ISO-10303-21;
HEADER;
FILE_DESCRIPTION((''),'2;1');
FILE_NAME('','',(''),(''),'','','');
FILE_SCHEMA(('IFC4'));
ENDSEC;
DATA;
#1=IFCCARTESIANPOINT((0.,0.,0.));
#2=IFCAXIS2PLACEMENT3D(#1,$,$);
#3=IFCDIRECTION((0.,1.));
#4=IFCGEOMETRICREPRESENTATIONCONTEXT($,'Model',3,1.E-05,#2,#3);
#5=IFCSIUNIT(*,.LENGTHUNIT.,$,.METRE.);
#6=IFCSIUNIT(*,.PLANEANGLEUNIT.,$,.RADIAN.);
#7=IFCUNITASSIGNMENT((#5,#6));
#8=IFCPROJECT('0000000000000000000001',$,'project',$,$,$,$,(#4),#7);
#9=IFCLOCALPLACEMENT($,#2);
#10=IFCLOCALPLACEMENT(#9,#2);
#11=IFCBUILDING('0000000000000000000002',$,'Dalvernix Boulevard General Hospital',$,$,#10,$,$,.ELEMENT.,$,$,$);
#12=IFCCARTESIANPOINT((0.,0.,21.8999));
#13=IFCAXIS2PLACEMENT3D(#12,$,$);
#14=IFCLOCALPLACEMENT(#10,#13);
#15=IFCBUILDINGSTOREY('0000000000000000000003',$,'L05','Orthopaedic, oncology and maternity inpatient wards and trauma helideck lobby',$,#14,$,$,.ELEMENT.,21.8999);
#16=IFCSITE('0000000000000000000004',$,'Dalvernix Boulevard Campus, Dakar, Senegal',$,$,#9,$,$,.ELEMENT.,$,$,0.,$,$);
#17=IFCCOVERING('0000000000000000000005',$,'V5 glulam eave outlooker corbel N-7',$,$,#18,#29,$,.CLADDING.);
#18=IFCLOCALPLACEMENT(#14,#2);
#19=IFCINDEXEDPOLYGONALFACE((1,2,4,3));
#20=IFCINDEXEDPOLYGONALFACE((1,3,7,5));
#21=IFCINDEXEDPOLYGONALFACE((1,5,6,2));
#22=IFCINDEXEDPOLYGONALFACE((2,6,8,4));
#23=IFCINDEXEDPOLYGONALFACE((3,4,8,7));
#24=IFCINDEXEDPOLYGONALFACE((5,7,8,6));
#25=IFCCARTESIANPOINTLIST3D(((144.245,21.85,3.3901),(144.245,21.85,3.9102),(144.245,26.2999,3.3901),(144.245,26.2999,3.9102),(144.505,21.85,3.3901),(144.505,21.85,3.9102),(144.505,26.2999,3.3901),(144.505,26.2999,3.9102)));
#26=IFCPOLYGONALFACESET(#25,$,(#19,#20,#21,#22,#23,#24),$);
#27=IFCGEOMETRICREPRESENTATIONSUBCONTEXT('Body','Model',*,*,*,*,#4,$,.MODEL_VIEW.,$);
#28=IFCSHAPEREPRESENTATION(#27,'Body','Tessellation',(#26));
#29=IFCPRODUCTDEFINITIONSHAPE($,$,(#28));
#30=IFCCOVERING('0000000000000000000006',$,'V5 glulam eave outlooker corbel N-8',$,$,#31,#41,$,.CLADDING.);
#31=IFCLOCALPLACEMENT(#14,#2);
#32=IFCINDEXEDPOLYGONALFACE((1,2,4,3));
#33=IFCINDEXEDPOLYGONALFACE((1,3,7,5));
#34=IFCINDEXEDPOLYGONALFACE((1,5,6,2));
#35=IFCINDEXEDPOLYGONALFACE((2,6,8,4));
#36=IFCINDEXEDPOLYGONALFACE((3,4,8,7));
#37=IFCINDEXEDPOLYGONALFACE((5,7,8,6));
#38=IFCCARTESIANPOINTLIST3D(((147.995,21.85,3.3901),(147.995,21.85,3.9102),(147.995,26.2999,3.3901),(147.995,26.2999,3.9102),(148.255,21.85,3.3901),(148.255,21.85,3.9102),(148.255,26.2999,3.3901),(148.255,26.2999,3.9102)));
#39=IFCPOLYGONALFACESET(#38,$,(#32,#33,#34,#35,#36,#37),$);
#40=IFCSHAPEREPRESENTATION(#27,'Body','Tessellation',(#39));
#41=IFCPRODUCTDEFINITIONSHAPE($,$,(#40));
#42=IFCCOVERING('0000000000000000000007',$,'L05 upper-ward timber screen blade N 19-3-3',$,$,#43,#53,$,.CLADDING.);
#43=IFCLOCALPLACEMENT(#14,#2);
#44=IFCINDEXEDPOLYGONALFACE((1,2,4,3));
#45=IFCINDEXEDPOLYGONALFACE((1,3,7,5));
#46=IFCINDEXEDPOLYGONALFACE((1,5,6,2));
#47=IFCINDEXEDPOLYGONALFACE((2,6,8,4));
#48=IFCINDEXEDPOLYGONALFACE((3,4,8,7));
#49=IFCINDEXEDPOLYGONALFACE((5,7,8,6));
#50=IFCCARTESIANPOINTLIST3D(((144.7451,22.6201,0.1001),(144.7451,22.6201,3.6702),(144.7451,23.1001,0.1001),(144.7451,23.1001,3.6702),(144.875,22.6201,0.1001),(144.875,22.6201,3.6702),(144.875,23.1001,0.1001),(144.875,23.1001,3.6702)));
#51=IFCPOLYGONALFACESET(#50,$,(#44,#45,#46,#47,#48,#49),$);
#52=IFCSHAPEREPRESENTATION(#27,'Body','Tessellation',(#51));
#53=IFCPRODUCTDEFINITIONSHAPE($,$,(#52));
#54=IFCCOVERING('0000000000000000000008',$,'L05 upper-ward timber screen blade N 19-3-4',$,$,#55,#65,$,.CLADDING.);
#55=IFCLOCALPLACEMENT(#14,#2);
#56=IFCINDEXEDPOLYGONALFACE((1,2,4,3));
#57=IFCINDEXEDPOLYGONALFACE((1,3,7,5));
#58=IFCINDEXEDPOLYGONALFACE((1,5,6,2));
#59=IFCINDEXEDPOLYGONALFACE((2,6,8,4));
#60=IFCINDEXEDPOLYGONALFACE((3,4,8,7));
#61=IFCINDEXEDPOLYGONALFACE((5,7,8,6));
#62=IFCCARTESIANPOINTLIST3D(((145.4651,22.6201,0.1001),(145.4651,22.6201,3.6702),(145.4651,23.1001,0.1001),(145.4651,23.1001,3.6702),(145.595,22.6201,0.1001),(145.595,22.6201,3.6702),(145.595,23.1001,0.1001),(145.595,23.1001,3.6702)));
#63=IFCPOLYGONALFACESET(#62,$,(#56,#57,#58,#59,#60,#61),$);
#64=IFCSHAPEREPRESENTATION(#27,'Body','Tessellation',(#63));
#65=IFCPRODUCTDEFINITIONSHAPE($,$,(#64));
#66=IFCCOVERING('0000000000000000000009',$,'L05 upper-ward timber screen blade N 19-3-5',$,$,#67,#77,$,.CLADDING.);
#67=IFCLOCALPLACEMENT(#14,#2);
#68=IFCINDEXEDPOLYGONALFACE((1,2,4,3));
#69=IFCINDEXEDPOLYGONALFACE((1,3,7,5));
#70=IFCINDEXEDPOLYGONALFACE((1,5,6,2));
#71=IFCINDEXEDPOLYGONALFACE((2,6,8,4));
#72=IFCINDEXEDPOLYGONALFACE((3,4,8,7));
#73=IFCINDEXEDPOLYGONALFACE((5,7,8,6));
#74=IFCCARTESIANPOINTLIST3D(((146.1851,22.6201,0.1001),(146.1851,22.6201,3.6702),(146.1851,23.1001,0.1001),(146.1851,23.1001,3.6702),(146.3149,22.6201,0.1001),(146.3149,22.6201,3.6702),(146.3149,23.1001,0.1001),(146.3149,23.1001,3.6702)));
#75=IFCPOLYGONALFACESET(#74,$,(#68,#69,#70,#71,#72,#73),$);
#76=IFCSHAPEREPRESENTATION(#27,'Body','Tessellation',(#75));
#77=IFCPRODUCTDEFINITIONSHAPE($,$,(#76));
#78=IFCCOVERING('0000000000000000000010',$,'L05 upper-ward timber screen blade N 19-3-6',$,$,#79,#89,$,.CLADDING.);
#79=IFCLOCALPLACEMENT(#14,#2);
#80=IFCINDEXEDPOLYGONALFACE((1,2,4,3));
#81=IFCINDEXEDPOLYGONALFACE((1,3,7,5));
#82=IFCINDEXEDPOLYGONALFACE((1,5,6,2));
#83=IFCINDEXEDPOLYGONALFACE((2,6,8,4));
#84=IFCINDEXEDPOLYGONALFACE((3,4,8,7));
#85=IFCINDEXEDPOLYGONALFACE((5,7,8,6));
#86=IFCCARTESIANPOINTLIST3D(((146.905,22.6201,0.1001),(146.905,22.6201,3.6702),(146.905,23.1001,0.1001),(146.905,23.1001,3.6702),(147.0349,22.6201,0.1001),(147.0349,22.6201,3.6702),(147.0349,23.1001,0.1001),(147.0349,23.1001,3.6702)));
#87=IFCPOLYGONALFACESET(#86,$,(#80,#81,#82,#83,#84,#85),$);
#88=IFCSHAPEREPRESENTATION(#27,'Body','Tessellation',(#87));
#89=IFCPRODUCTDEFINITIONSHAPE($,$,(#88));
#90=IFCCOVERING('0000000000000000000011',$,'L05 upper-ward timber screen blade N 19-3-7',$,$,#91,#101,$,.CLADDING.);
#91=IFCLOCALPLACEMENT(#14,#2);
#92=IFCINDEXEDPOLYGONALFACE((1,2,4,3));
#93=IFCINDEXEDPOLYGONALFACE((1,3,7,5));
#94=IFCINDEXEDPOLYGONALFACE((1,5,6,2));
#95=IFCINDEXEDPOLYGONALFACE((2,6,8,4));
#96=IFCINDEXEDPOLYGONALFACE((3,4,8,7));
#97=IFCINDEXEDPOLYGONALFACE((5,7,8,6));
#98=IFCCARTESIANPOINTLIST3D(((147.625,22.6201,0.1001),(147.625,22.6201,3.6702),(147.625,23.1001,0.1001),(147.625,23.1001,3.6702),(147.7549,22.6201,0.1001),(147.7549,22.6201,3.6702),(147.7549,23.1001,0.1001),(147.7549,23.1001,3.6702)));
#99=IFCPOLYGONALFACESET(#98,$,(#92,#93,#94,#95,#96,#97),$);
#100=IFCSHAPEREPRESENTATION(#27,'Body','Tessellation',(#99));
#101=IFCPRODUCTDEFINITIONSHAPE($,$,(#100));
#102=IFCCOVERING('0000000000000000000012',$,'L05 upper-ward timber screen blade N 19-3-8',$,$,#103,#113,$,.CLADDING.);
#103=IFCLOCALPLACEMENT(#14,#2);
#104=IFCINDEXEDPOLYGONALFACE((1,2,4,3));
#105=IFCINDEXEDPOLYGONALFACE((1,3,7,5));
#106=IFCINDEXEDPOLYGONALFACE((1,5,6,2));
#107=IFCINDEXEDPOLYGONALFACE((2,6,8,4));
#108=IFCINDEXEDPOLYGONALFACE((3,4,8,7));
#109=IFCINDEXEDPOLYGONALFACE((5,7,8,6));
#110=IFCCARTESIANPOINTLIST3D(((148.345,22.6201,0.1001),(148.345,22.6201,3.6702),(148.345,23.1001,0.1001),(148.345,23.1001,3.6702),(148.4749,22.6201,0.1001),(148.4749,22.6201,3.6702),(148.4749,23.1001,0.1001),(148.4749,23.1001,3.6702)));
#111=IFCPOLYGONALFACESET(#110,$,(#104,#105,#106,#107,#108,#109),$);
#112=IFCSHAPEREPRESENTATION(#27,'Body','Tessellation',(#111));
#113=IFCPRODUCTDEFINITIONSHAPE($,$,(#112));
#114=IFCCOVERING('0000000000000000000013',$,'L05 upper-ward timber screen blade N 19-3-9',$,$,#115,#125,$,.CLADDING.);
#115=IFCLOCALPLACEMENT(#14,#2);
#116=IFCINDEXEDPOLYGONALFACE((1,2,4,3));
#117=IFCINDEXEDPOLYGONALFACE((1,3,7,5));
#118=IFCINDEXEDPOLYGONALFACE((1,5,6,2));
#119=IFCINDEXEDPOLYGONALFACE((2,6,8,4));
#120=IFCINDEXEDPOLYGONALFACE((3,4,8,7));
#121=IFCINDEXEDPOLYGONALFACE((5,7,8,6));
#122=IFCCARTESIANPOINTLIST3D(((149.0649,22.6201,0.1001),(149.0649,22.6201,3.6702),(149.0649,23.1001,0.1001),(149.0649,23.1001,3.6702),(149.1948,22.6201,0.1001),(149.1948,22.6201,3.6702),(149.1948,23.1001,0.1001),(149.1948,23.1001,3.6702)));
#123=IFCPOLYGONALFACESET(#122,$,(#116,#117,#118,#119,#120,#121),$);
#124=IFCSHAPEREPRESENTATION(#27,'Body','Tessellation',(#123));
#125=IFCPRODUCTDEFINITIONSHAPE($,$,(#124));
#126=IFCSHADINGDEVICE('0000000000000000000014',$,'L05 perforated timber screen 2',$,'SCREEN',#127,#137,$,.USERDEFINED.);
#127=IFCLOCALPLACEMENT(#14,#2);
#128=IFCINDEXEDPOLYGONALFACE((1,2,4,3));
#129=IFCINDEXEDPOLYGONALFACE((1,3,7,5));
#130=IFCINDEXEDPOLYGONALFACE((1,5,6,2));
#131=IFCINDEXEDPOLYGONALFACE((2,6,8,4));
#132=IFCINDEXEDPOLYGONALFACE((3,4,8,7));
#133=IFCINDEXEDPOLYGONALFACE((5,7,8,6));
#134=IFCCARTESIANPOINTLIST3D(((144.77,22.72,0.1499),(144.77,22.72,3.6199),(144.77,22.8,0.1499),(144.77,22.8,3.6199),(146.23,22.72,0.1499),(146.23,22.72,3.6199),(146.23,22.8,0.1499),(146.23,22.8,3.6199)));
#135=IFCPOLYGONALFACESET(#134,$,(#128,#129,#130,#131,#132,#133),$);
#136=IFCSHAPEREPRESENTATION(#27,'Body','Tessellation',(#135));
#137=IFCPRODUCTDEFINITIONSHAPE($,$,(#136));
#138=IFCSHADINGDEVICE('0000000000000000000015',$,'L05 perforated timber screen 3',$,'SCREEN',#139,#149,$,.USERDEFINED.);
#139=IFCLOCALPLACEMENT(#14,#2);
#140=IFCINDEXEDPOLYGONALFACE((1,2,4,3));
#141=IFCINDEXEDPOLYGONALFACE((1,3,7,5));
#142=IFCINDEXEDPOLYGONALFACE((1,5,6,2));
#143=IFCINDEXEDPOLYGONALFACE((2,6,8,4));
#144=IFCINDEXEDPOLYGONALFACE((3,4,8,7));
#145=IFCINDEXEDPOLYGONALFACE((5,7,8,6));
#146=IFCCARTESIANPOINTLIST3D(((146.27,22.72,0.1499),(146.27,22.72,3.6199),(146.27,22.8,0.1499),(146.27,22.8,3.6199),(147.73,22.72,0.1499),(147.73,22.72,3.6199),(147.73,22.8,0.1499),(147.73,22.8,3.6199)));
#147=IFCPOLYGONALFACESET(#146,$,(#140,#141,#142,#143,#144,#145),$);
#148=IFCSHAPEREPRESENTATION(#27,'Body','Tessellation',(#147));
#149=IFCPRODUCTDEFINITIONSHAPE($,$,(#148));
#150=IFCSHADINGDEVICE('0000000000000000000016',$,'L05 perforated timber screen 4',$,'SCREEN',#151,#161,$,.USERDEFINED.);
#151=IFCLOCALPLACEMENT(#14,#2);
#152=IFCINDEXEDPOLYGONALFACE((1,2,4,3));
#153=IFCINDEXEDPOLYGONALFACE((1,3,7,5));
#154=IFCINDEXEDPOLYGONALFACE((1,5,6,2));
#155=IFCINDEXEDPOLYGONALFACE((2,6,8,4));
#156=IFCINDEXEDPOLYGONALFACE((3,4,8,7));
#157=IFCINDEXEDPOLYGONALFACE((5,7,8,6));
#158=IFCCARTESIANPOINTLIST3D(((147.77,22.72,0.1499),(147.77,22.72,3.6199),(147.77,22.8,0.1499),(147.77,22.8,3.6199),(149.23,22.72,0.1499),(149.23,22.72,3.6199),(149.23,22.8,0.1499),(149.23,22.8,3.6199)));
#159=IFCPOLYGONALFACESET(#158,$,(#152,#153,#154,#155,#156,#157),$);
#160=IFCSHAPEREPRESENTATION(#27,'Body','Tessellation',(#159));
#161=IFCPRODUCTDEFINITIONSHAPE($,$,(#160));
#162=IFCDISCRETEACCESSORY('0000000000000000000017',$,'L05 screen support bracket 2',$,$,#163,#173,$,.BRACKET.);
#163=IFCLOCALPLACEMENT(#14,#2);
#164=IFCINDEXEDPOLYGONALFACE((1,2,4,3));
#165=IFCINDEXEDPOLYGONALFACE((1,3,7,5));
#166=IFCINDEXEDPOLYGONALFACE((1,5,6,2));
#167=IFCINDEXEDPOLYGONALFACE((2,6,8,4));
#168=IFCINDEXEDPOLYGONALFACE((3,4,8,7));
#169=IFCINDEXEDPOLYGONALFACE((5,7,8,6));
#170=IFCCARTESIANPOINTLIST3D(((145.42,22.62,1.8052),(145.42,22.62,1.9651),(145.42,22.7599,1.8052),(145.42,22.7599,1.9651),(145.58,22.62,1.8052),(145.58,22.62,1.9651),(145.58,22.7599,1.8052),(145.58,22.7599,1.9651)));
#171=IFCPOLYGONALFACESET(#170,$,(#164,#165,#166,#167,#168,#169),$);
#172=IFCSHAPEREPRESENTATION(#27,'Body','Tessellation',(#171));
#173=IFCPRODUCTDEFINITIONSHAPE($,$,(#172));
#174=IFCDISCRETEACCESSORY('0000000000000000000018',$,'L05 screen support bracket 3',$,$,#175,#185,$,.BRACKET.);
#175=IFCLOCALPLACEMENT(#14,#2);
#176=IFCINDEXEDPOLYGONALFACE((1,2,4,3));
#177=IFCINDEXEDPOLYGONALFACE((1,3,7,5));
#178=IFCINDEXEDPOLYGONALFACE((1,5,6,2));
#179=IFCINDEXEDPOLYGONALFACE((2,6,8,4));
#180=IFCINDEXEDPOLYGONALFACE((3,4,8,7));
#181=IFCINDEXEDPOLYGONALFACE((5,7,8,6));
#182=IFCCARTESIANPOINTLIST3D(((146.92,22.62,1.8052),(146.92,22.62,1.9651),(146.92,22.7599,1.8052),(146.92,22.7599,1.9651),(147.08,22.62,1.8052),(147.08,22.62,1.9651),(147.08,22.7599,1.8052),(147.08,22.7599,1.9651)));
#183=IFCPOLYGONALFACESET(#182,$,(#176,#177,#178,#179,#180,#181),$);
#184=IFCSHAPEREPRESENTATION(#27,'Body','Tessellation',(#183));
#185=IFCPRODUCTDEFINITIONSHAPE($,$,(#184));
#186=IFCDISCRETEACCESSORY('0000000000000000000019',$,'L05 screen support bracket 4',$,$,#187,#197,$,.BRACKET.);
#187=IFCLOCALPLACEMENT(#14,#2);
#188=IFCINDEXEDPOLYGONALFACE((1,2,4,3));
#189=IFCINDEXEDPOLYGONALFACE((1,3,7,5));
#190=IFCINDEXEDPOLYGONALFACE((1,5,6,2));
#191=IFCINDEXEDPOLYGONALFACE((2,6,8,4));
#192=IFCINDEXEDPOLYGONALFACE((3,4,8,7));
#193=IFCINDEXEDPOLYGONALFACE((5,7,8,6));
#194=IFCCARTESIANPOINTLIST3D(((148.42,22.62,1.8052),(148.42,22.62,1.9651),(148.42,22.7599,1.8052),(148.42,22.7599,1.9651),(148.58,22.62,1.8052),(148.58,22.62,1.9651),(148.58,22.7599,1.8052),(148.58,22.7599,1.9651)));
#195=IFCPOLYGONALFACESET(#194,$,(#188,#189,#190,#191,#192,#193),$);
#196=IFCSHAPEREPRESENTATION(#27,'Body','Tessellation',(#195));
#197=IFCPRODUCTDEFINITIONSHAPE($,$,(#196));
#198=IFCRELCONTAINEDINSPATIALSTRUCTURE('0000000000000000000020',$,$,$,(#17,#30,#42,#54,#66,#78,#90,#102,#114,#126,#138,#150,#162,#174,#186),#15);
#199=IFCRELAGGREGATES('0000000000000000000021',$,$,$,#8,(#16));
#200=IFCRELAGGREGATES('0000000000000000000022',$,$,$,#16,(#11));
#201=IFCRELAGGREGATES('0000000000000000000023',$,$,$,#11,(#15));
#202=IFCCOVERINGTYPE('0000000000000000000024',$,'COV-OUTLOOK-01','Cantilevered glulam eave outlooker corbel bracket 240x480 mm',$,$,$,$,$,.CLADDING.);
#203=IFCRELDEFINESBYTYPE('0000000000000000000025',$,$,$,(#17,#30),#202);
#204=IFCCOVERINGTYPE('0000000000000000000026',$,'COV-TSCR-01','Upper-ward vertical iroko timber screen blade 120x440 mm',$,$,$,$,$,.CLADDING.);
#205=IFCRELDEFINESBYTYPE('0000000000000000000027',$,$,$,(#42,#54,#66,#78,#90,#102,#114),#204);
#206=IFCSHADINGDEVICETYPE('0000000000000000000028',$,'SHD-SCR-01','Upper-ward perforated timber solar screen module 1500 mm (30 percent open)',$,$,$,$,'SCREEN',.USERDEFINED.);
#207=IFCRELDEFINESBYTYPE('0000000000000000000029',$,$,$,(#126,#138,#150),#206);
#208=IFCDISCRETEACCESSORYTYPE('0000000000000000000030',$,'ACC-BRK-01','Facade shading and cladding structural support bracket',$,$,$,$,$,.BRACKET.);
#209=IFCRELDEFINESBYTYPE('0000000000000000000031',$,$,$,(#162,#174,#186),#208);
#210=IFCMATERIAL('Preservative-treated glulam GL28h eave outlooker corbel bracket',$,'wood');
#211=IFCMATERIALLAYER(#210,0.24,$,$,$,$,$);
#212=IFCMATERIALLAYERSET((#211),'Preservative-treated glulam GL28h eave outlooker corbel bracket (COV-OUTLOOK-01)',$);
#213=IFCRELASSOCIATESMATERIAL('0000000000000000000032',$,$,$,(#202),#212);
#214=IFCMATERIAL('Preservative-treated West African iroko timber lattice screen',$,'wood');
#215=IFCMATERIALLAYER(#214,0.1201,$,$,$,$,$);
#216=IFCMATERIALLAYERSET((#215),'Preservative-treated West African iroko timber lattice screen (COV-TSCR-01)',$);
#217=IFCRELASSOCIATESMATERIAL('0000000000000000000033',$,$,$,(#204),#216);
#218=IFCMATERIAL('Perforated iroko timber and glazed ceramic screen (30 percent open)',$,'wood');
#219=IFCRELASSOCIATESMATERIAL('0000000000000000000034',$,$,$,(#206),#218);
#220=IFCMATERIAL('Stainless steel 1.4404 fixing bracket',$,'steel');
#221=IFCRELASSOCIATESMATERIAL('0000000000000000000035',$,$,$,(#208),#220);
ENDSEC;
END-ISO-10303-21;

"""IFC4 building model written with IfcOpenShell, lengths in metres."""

from ifc_helpers import new_model, si_unit, direction, frame, origin, origin_2d, place, context, subcontext, project, spatial, rectangle, extrude, material, layer, layer_set, type_object, element, save


model = new_model("IFC4")

# Units and contexts
model_context = context("Model", 3, precision=1e-05, world=origin(), true_north=direction((0.0, 1.0)))
body_context = subcontext(model_context, "Body", "Model", "MODEL_VIEW")
ifc_project = project(units=[si_unit("LENGTHUNIT", "METRE"), si_unit("PLANEANGLEUNIT", "RADIAN")], contexts=[model_context])

# Site, building, storey
site_placement = place(None, origin())
site = spatial("IfcSite", under=ifc_project, at=site_placement, Name="Dalvernix Boulevard Campus, Dakar, Senegal", CompositionType="ELEMENT", RefElevation=0.0)
building_placement = place(site_placement, origin())
building = spatial("IfcBuilding", under=site, at=building_placement, Name="Dalvernix Boulevard General Hospital", CompositionType="ELEMENT")
storey_placement = place(building_placement, frame((0.0, 0.0, 21.8999)))
storey = spatial("IfcBuildingStorey", under=building, at=storey_placement, Name="L05", Description="Orthopaedic, oncology and maternity inpatient wards and trauma helideck lobby", CompositionType="ELEMENT", Elevation=21.8999)

# Coverings
ifc_material_1 = material(Name="Preservative-treated glulam GL28h eave outlooker corbel bracket", Category="wood")
ifc_layer_1 = layer(ifc_material_1, 0.24)
ifc_layer_set_1 = layer_set([ifc_layer_1], Name="Preservative-treated glulam GL28h eave outlooker corbel bracket (COV-OUTLOOK-01)")
covering_type_1 = type_object("IfcCoveringType", Name="COV-OUTLOOK-01", Description="Cantilevered glulam eave outlooker corbel bracket 240x480 mm", PredefinedType="CLADDING", material=ifc_layer_set_1)
for number, where, z_axis, x_axis, name in (
    (1, (144.375, 24.075, 3.3901), (0.0, 0.0, 1.0), (1.0, 0.0, 0.0), "V5 glulam eave outlooker corbel N-7"),
    (2, (148.125, 24.075, 3.3901), (0.0, 0.0, 1.0), (1.0, 0.0, 0.0), "V5 glulam eave outlooker corbel N-8"),
):
    element("IfcCovering", number, at=place(storey_placement, frame(where, z_axis=z_axis, x_axis=x_axis)), inside=storey, type_object=covering_type_1, Name=name, PredefinedType="CLADDING", context=body_context, shape_type="SweptSolid", body=[
        extrude(rectangle(XDim=0.26, YDim=4.45, at=origin_2d()), origin(), (0.0, 0.0, 1.0), 0.52),
    ])
ifc_material_2 = material(Name="Preservative-treated West African iroko timber lattice screen", Category="wood")
ifc_layer_2 = layer(ifc_material_2, 0.1201)
ifc_layer_set_2 = layer_set([ifc_layer_2], Name="Preservative-treated West African iroko timber lattice screen (COV-TSCR-01)")
covering_type_2 = type_object("IfcCoveringType", Name="COV-TSCR-01", Description="Upper-ward vertical iroko timber screen blade 120x440 mm", PredefinedType="CLADDING", material=ifc_layer_set_2)
for number, where, z_axis, x_axis, name in (
    (3, (144.8101, 22.8601, 0.1001), (0.0, 0.0, 1.0), (1.0, 0.0, 0.0), "L05 upper-ward timber screen blade N 19-3-3"),
    (4, (145.53, 22.8601, 0.1001), (0.0, 0.0, 1.0), (1.0, 0.0, 0.0), "L05 upper-ward timber screen blade N 19-3-4"),
    (5, (146.25, 22.8601, 0.1001), (0.0, 0.0, 1.0), (1.0, 0.0, 0.0), "L05 upper-ward timber screen blade N 19-3-5"),
    (6, (146.97, 22.8601, 0.1001), (0.0, 0.0, 1.0), (1.0, 0.0, 0.0), "L05 upper-ward timber screen blade N 19-3-6"),
    (7, (147.6899, 22.8601, 0.1001), (0.0, 0.0, 1.0), (1.0, 0.0, 0.0), "L05 upper-ward timber screen blade N 19-3-7"),
    (8, (148.4099, 22.8601, 0.1001), (0.0, 0.0, 1.0), (1.0, 0.0, 0.0), "L05 upper-ward timber screen blade N 19-3-8"),
    (9, (149.1299, 22.8601, 0.1001), (0.0, 0.0, 1.0), (1.0, 0.0, 0.0), "L05 upper-ward timber screen blade N 19-3-9"),
):
    element("IfcCovering", number, at=place(storey_placement, frame(where, z_axis=z_axis, x_axis=x_axis)), inside=storey, type_object=covering_type_2, Name=name, PredefinedType="CLADDING", context=body_context, shape_type="SweptSolid", body=[
        extrude(rectangle(XDim=0.1299, YDim=0.48, at=origin_2d()), origin(), (0.0, 0.0, 1.0), 3.5701),
    ])

# Shading devices
ifc_material_3 = material(Name="Perforated iroko timber and glazed ceramic screen (30 percent open)", Category="wood")
shading_device_type = type_object("IfcShadingDeviceType", Name="SHD-SCR-01", Description="Upper-ward perforated timber solar screen module 1500 mm (30 percent open)", ElementType="SCREEN", PredefinedType="USERDEFINED", material=ifc_material_3)
for number, where, z_axis, x_axis, name in (
    (10, (145.5, 22.76, 0.1499), (0.0, 0.0, 1.0), (1.0, 0.0, 0.0), "L05 perforated timber screen 2"),
    (11, (147.0, 22.76, 0.1499), (0.0, 0.0, 1.0), (1.0, 0.0, 0.0), "L05 perforated timber screen 3"),
    (12, (148.5, 22.76, 0.1499), (0.0, 0.0, 1.0), (1.0, 0.0, 0.0), "L05 perforated timber screen 4"),
):
    element("IfcShadingDevice", number, at=place(storey_placement, frame(where, z_axis=z_axis, x_axis=x_axis)), inside=storey, type_object=shading_device_type, Name=name, ObjectType="SCREEN", PredefinedType="USERDEFINED", context=body_context, shape_type="SweptSolid", body=[
        extrude(rectangle(XDim=1.46, YDim=0.0801, at=origin_2d()), origin(), (0.0, 0.0, 1.0), 3.47),
    ])

# Discrete accessories
ifc_material_4 = material(Name="Stainless steel 1.4404 fixing bracket", Category="steel")
discrete_accessory_type = type_object("IfcDiscreteAccessoryType", Name="ACC-BRK-01", Description="Facade shading and cladding structural support bracket", PredefinedType="BRACKET", material=ifc_material_4)
for number, where, z_axis, x_axis, name in (
    (13, (145.5, 22.6899, 1.8052), (0.0, 0.0, 1.0), (1.0, 0.0, 0.0), "L05 screen support bracket 2"),
    (14, (147.0, 22.6899, 1.8052), (0.0, 0.0, 1.0), (1.0, 0.0, 0.0), "L05 screen support bracket 3"),
    (15, (148.5, 22.6899, 1.8052), (0.0, 0.0, 1.0), (1.0, 0.0, 0.0), "L05 screen support bracket 4"),
):
    element("IfcDiscreteAccessory", number, at=place(storey_placement, frame(where, z_axis=z_axis, x_axis=x_axis)), inside=storey, type_object=discrete_accessory_type, Name=name, PredefinedType="BRACKET", context=body_context, shape_type="SweptSolid", body=[
        extrude(rectangle(XDim=0.1599, YDim=0.1399, at=origin_2d()), origin(), (0.0, 0.0, 1.0), 0.1599),
    ])

save(model, "model.ifc")
